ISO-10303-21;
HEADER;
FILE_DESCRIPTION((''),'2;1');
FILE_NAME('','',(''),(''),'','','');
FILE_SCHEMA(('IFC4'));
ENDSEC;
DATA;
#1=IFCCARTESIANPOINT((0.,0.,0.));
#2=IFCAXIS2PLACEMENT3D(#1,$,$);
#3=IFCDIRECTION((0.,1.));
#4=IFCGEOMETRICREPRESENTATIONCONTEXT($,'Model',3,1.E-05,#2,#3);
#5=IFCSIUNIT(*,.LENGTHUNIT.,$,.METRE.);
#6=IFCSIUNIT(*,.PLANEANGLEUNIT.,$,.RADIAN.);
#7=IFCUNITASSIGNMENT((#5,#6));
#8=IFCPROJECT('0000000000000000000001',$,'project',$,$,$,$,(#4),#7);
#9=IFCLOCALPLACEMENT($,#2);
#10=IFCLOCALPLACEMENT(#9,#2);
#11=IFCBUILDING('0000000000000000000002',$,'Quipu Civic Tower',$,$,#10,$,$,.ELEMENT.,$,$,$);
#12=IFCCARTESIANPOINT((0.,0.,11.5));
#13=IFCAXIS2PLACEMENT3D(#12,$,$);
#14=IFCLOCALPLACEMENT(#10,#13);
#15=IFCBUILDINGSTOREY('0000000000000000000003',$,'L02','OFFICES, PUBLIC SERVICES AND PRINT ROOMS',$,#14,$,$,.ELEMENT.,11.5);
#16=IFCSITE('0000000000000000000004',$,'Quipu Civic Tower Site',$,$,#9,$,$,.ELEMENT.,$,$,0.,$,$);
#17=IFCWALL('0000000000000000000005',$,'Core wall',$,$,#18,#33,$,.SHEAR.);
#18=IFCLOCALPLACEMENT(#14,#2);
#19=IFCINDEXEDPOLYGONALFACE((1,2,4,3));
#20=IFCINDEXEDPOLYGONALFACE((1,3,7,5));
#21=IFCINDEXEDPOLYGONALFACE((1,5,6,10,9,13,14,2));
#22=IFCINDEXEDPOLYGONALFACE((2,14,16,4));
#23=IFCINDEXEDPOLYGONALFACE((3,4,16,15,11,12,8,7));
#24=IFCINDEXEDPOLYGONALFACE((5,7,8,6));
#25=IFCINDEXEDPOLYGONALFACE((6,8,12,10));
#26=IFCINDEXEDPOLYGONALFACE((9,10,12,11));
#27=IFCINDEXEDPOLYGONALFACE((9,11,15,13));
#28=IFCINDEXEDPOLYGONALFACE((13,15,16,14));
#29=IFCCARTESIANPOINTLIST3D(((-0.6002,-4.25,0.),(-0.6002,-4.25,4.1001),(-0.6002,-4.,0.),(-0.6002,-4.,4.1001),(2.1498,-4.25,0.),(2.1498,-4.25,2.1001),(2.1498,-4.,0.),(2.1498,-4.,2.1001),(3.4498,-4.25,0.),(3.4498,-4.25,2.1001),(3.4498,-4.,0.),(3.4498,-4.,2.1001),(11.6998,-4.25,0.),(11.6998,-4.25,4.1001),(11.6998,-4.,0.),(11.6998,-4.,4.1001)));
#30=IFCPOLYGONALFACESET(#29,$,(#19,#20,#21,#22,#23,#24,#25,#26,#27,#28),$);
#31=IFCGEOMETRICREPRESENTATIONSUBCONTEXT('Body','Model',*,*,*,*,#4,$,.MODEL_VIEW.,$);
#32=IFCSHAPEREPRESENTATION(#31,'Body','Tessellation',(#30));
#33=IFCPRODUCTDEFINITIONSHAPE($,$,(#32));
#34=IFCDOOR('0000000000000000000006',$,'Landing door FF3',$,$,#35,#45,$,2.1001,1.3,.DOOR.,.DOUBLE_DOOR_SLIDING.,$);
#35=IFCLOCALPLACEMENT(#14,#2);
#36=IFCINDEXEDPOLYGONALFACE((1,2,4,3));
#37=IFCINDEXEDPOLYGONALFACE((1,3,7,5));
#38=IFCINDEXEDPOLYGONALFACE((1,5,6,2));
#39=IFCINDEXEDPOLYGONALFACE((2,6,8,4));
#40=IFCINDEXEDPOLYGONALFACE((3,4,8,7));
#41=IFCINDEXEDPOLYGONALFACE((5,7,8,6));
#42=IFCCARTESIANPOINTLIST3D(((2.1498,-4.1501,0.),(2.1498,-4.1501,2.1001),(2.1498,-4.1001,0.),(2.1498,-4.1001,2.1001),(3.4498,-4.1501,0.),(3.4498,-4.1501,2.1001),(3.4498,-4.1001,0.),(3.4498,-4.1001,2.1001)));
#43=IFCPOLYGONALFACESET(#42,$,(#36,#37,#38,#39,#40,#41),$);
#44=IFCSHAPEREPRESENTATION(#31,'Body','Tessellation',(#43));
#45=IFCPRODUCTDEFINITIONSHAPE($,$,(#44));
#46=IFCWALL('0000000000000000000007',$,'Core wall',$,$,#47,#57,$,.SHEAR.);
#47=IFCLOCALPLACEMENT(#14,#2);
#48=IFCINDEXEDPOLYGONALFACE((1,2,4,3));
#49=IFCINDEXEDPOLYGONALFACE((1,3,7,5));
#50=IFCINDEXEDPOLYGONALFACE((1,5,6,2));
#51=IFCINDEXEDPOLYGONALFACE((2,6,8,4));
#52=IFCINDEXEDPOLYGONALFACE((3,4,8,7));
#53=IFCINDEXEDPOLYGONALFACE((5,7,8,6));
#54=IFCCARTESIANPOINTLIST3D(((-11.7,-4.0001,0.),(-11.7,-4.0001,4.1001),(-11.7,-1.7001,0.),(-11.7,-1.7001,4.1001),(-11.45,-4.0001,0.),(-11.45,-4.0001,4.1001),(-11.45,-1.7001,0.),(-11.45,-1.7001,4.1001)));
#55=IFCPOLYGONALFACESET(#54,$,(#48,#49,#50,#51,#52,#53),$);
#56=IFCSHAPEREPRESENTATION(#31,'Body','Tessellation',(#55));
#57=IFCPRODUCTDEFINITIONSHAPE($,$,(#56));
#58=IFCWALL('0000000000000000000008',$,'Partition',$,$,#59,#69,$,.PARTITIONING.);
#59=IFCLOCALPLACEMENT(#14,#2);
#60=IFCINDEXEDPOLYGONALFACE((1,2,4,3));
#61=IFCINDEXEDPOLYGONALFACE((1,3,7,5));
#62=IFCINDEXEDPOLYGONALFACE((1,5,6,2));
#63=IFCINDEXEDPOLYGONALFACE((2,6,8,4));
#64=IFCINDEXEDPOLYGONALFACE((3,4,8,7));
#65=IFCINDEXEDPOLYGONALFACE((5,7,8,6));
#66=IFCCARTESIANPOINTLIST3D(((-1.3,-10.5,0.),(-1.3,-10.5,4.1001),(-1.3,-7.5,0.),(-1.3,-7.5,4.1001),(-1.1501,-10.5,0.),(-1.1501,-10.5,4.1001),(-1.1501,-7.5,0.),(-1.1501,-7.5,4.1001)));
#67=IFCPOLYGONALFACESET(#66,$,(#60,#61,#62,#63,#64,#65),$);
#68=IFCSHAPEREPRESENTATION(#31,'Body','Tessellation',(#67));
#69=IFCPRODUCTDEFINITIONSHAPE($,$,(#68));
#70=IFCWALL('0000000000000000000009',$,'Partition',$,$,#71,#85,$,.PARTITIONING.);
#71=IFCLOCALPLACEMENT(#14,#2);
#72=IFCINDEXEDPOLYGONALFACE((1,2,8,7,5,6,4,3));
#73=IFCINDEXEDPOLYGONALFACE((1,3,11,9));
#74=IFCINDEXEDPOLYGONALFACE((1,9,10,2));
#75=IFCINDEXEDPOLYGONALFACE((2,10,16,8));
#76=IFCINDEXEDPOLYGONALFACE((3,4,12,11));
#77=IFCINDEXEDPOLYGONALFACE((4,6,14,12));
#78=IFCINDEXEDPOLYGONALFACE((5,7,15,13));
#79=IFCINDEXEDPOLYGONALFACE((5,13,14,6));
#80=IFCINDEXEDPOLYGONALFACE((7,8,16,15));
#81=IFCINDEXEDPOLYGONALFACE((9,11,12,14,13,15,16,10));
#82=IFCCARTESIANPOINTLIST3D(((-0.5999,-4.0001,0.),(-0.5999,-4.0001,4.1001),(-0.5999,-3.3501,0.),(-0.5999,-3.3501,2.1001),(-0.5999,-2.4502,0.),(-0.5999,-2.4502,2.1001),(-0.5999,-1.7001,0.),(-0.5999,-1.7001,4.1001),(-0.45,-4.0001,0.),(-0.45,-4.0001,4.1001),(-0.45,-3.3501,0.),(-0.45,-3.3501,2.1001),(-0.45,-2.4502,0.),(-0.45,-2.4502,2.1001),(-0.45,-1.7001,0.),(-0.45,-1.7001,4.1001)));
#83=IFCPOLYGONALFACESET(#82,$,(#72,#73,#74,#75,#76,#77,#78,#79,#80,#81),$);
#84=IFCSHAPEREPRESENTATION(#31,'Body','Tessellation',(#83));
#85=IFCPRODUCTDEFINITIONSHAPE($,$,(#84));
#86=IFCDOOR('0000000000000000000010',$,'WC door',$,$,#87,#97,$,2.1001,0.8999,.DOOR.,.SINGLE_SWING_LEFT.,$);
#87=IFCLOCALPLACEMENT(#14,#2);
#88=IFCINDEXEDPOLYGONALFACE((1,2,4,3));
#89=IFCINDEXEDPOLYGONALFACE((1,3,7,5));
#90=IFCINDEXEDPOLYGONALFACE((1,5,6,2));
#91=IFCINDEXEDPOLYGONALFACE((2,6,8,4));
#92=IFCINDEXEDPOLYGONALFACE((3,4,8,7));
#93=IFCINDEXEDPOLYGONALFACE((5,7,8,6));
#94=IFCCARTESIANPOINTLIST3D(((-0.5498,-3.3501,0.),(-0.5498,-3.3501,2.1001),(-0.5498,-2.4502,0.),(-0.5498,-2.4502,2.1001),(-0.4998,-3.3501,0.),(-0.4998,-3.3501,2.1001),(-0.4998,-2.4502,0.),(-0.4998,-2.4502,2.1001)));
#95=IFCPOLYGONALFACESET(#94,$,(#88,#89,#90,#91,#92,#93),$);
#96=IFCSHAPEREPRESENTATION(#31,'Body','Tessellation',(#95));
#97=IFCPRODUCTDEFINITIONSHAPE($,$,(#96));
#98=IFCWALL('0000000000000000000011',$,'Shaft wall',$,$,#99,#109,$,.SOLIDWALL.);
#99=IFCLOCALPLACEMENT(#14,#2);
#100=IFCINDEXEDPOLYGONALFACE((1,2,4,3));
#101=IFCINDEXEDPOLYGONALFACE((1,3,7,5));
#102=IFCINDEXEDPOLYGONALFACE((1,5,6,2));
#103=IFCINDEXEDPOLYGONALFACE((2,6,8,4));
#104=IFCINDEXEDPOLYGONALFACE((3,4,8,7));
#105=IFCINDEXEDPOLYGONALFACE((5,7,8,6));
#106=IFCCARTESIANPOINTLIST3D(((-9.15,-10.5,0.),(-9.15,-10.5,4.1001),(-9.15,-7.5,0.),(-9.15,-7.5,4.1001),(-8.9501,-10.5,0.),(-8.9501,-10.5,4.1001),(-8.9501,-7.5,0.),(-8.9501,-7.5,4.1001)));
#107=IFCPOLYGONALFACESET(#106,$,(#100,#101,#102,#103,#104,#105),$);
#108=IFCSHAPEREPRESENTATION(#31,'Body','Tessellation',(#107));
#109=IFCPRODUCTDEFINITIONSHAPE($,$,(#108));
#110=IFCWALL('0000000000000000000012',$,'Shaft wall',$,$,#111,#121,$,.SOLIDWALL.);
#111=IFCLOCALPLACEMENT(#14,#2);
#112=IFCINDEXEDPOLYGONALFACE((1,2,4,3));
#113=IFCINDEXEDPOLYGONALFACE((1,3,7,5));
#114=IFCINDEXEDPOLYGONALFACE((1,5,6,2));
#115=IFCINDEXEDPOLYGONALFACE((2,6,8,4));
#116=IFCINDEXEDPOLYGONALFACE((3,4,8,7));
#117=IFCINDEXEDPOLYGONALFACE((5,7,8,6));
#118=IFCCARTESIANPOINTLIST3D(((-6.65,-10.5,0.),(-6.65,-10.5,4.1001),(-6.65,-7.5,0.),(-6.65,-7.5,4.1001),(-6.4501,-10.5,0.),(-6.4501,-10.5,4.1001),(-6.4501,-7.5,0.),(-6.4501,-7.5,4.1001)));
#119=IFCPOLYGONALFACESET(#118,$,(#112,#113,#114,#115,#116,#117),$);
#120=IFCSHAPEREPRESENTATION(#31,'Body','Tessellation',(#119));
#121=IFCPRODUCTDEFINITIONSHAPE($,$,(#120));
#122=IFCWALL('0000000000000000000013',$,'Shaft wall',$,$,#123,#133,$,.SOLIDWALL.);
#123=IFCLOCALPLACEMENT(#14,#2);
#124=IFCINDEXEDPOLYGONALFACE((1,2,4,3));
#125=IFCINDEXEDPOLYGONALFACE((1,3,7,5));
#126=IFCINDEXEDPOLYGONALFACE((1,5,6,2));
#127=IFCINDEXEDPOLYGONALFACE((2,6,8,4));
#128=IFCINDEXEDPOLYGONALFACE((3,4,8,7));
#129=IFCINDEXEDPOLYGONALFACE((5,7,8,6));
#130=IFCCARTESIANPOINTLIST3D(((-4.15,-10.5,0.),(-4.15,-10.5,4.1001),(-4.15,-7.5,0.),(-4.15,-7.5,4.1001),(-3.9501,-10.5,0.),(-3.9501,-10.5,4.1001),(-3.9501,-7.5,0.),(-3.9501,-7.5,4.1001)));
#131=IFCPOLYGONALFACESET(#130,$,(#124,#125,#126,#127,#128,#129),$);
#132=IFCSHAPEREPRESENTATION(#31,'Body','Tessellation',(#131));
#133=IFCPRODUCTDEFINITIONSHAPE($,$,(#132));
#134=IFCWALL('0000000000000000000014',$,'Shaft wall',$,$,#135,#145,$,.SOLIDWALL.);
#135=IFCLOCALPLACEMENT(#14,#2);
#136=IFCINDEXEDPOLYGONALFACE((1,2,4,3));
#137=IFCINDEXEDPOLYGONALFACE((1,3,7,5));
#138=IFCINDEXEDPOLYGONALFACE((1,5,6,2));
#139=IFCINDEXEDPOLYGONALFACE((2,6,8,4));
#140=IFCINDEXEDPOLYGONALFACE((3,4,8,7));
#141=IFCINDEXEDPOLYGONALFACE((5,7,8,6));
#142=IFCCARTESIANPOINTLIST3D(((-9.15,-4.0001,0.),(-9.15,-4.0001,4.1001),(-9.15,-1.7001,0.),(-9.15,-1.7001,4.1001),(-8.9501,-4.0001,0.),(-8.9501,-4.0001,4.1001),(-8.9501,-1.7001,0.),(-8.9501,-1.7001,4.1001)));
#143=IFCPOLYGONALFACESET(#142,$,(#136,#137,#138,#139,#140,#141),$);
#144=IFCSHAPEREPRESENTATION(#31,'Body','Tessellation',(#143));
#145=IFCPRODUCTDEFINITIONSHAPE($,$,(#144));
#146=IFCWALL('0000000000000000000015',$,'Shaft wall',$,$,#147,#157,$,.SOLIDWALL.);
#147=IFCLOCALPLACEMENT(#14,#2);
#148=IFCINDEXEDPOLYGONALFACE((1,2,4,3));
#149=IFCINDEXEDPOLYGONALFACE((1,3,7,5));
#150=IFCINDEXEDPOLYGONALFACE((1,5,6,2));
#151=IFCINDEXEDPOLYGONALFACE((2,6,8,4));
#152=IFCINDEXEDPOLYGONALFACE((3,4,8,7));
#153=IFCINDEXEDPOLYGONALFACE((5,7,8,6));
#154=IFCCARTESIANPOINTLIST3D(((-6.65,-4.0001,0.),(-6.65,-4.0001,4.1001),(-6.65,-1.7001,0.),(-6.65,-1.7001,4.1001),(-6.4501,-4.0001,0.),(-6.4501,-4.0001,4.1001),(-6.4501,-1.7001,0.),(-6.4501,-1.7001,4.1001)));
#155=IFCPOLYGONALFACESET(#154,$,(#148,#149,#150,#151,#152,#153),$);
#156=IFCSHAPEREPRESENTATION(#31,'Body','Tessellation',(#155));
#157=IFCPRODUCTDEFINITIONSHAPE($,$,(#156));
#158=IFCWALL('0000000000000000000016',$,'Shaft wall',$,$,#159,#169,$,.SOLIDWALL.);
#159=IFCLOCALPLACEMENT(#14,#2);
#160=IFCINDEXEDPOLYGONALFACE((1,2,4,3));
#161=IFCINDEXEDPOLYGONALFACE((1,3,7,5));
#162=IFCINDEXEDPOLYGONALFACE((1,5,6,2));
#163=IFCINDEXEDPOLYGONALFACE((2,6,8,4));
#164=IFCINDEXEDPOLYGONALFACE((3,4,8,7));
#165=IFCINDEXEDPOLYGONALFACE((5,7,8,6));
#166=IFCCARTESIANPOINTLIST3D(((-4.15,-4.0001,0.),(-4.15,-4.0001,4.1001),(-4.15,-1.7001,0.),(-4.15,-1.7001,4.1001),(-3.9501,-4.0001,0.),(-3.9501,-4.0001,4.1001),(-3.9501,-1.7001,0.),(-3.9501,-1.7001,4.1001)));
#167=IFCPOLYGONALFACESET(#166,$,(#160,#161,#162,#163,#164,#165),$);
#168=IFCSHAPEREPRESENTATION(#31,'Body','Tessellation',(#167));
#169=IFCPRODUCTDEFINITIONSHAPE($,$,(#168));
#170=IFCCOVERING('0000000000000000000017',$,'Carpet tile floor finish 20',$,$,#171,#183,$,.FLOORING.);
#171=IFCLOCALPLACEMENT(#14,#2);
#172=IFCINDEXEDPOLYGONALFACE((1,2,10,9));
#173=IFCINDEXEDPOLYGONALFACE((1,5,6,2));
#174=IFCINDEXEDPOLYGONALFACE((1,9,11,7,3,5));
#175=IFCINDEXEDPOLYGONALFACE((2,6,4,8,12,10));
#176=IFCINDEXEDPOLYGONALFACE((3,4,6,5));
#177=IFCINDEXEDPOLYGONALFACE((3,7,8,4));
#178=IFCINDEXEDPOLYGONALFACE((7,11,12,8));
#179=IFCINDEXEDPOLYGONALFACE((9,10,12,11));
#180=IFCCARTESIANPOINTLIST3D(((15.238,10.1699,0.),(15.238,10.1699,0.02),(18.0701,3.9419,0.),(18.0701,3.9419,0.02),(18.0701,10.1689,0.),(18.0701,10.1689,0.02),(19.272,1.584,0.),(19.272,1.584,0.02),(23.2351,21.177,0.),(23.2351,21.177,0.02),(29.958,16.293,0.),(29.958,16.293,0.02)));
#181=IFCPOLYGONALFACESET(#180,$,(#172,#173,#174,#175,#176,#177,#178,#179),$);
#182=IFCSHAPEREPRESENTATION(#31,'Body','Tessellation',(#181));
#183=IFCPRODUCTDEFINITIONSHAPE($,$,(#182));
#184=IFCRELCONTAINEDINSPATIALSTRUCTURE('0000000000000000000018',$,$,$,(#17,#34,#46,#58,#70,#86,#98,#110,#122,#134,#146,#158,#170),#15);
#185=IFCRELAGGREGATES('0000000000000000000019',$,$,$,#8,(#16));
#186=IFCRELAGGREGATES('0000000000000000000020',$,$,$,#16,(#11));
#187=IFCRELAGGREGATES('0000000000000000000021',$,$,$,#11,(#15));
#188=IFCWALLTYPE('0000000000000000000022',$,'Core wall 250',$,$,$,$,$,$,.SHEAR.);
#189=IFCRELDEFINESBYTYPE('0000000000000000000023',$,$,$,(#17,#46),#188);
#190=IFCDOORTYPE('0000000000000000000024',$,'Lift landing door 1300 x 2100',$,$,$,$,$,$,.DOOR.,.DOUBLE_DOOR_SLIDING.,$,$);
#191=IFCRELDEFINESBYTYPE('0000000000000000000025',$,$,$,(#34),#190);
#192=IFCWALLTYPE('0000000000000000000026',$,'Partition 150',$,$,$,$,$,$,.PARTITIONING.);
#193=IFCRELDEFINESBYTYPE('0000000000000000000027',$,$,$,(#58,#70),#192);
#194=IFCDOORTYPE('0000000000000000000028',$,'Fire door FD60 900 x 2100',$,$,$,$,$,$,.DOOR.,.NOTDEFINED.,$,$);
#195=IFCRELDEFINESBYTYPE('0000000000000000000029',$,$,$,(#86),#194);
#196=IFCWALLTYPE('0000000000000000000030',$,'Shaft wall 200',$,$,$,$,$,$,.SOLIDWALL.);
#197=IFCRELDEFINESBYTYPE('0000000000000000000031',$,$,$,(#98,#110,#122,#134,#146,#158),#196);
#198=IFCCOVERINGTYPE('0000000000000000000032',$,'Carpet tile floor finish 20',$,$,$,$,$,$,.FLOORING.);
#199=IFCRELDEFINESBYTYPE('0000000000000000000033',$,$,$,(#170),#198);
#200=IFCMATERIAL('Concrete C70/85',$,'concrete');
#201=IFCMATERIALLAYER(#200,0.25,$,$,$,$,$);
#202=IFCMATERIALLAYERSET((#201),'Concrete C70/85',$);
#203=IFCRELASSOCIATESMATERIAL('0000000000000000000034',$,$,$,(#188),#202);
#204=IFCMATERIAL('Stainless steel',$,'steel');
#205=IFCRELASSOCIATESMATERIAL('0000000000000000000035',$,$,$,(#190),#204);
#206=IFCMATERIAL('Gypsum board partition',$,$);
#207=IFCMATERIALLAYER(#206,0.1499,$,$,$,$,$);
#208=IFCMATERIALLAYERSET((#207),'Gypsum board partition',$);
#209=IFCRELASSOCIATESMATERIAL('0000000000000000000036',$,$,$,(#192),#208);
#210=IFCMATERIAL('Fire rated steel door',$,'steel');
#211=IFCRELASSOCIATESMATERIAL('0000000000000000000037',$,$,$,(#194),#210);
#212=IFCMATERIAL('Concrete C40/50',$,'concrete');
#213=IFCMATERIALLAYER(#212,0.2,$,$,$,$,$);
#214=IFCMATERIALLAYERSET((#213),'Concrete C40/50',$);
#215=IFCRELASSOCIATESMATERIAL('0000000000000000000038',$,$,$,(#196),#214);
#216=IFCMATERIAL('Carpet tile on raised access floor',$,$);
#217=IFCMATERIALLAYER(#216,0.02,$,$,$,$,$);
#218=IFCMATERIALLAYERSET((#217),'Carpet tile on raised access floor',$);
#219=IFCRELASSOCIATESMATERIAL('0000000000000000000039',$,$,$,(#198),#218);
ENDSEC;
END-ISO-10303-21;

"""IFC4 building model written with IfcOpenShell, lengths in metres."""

from ifc_helpers import new_model, si_unit, direction, frame, frame_2d, origin, place, context, subcontext, project, spatial, polyline, rectangle, outline, extrude, material, layer, layer_set, type_object, element, fill, save


model = new_model("IFC4")

# Units and contexts
model_context = context("Model", 3, precision=1e-05, world=origin(), true_north=direction((0.0, 1.0)))
body_context = subcontext(model_context, "Body", "Model", "MODEL_VIEW")
ifc_project = project(units=[si_unit("LENGTHUNIT", "METRE"), si_unit("PLANEANGLEUNIT", "RADIAN")], contexts=[model_context])

# Site, building, storey
site_placement = place(None, origin())
site = spatial("IfcSite", under=ifc_project, at=site_placement, Name="Quipu Civic Tower Site", CompositionType="ELEMENT", RefElevation=0.0)
building_placement = place(site_placement, origin())
building = spatial("IfcBuilding", under=site, at=building_placement, Name="Quipu Civic Tower", CompositionType="ELEMENT")
storey_placement = place(building_placement, frame((0.0, 0.0, 11.5)))
storey = spatial("IfcBuildingStorey", under=building, at=storey_placement, Name="L02", Description="OFFICES, PUBLIC SERVICES AND PRINT ROOMS", CompositionType="ELEMENT", Elevation=11.5)

# Shared definitions
ifc_material_1 = material(Name="Concrete C70/85", Category="concrete")
ifc_layer_1 = layer(ifc_material_1, 0.25)
ifc_layer_set_1 = layer_set([ifc_layer_1], Name="Concrete C70/85")
wall_type_1 = type_object("IfcWallType", Name="Core wall 250", PredefinedType="SHEAR", material=ifc_layer_set_1)

# Wall, opening, door
wall_1_placement = place(storey_placement, frame((-0.6001, -4.125, 0.0), z_axis=(0.0, 0.0, 1.0), x_axis=(1.0, 0.0, 0.0)))
wall_1 = element("IfcWall", 1, at=wall_1_placement, inside=storey, type_object=wall_type_1, Name="Core wall", PredefinedType="SHEAR", context=body_context, shape_type="SweptSolid", body=[
    extrude(rectangle(XDim=12.3, YDim=0.25, at=frame_2d((6.1499, 0.0))), origin(), (0.0, 0.0, 1.0), 4.1001),
])
opening_1_placement = place(wall_1_placement, frame((2.75, 0.0, 0.0)))
opening_1 = element("IfcOpeningElement", 2, at=opening_1_placement, cuts=wall_1, PredefinedType="OPENING", context=body_context, shape_type="SweptSolid", body=[
    extrude(rectangle(XDim=1.3, YDim=2.1001, at=frame_2d((0.6499, 1.05))), frame((0.0, 0.135, 0.0), z_axis=(0.0, -1.0, 0.0), x_axis=(1.0, 0.0, 0.0)), (0.0, 0.0, 1.0), 0.27),
])
ifc_material_2 = material(Name="Stainless steel", Category="steel")
door_type_1 = type_object("IfcDoorType", Name="Lift landing door 1300 x 2100", OperationType="DOUBLE_DOOR_SLIDING", PredefinedType="DOOR", material=ifc_material_2)
door_1_placement = place(opening_1_placement, origin())
door_1 = element("IfcDoor", 3, at=door_1_placement, inside=storey, type_object=door_type_1, Name="Landing door FF3", OperationType="DOUBLE_DOOR_SLIDING", OverallHeight=2.1001, OverallWidth=1.3, PredefinedType="DOOR", context=body_context, shape_type="SweptSolid", body=[
    extrude(rectangle(XDim=1.3, YDim=2.1001, at=frame_2d((0.6499, 1.05))), frame((0.0, 0.0249, 0.0), z_axis=(0.0, -1.0, 0.0), x_axis=(1.0, 0.0, 0.0)), (0.0, 0.0, 1.0), 0.05),
])
fill(opening_1, door_1)

# Walls
wall_2_placement = place(storey_placement, frame((-11.575, -4.0, 0.0), z_axis=(0.0, 0.0, 1.0), x_axis=(0.0, 1.0, 0.0)))
element("IfcWall", 4, at=wall_2_placement, inside=storey, type_object=wall_type_1, Name="Core wall", PredefinedType="SHEAR", context=body_context, shape_type="SweptSolid", body=[
    extrude(rectangle(XDim=2.3, YDim=0.25, at=frame_2d((1.1499, 0.0))), origin(), (0.0, 0.0, 1.0), 4.1001),
])
ifc_material_3 = material(Name="Gypsum board partition")
ifc_layer_2 = layer(ifc_material_3, 0.1499)
ifc_layer_set_2 = layer_set([ifc_layer_2], Name="Gypsum board partition")
wall_type_2 = type_object("IfcWallType", Name="Partition 150", PredefinedType="PARTITIONING", material=ifc_layer_set_2)
wall_3_placement = place(storey_placement, frame((-1.2251, -10.5, 0.0), z_axis=(0.0, 0.0, 1.0), x_axis=(0.0, 1.0, 0.0)))
element("IfcWall", 5, at=wall_3_placement, inside=storey, type_object=wall_type_2, Name="Partition", PredefinedType="PARTITIONING", context=body_context, shape_type="SweptSolid", body=[
    extrude(rectangle(XDim=3.0, YDim=0.1499, at=frame_2d((1.5, 0.0))), origin(), (0.0, 0.0, 1.0), 4.1001),
])

# Wall, opening, door
wall_4_placement = place(storey_placement, frame((-0.5249, -4.0, 0.0), z_axis=(0.0, 0.0, 1.0), x_axis=(0.0, 1.0, 0.0)))
wall_4 = element("IfcWall", 6, at=wall_4_placement, inside=storey, type_object=wall_type_2, Name="Partition", PredefinedType="PARTITIONING", context=body_context, shape_type="SweptSolid", body=[
    extrude(rectangle(XDim=2.3, YDim=0.1499, at=frame_2d((1.1499, 0.0))), origin(), (0.0, 0.0, 1.0), 4.1001),
])
opening_2_placement = place(wall_4_placement, frame((0.6499, 0.0, 0.0)))
opening_2 = element("IfcOpeningElement", 7, at=opening_2_placement, cuts=wall_4, PredefinedType="OPENING", context=body_context, shape_type="SweptSolid", body=[
    extrude(rectangle(XDim=0.8999, YDim=2.1001, at=frame_2d((0.45, 1.05))), frame((0.0, 0.085, 0.0), z_axis=(0.0, -1.0, 0.0), x_axis=(1.0, 0.0, 0.0)), (0.0, 0.0, 1.0), 0.1699),
])
ifc_material_4 = material(Name="Fire rated steel door", Category="steel")
door_type_2 = type_object("IfcDoorType", Name="Fire door FD60 900 x 2100", OperationType="NOTDEFINED", PredefinedType="DOOR", material=ifc_material_4)
door_2_placement = place(opening_2_placement, origin())
door_2 = element("IfcDoor", 8, at=door_2_placement, inside=storey, type_object=door_type_2, Name="WC door", OperationType="SINGLE_SWING_LEFT", OverallHeight=2.1001, OverallWidth=0.8999, PredefinedType="DOOR", context=body_context, shape_type="SweptSolid", body=[
    extrude(rectangle(XDim=0.8999, YDim=2.1001, at=frame_2d((0.45, 1.05))), frame((0.0, 0.0249, 0.0), z_axis=(0.0, -1.0, 0.0), x_axis=(1.0, 0.0, 0.0)), (0.0, 0.0, 1.0), 0.05),
])
fill(opening_2, door_2)

# Walls
ifc_material_5 = material(Name="Concrete C40/50", Category="concrete")
ifc_layer_3 = layer(ifc_material_5, 0.2)
ifc_layer_set_3 = layer_set([ifc_layer_3], Name="Concrete C40/50")
wall_type_3 = type_object("IfcWallType", Name="Shaft wall 200", PredefinedType="SOLIDWALL", material=ifc_layer_set_3)
for number, where, z_axis, x_axis, name in (
    (9, (-9.05, -10.5, 0.0), (0.0, 0.0, 1.0), (0.0, 1.0, 0.0), "Shaft wall"),
    (10, (-6.55, -10.5, 0.0), (0.0, 0.0, 1.0), (0.0, 1.0, 0.0), "Shaft wall"),
    (11, (-4.05, -10.5, 0.0), (0.0, 0.0, 1.0), (0.0, 1.0, 0.0), "Shaft wall"),
):
    element("IfcWall", number, at=place(storey_placement, frame(where, z_axis=z_axis, x_axis=x_axis)), inside=storey, type_object=wall_type_3, Name=name, PredefinedType="SOLIDWALL", context=body_context, shape_type="SweptSolid", body=[
        extrude(rectangle(XDim=3.0, YDim=0.2, at=frame_2d((1.5, 0.0))), origin(), (0.0, 0.0, 1.0), 4.1001),
    ])
for number, where, z_axis, x_axis, name in (
    (12, (-9.05, -4.0, 0.0), (0.0, 0.0, 1.0), (0.0, 1.0, 0.0), "Shaft wall"),
    (13, (-6.55, -4.0, 0.0), (0.0, 0.0, 1.0), (0.0, 1.0, 0.0), "Shaft wall"),
    (14, (-4.05, -4.0, 0.0), (0.0, 0.0, 1.0), (0.0, 1.0, 0.0), "Shaft wall"),
):
    element("IfcWall", number, at=place(storey_placement, frame(where, z_axis=z_axis, x_axis=x_axis)), inside=storey, type_object=wall_type_3, Name=name, PredefinedType="SOLIDWALL", context=body_context, shape_type="SweptSolid", body=[
        extrude(rectangle(XDim=2.3, YDim=0.2, at=frame_2d((1.1499, 0.0))), origin(), (0.0, 0.0, 1.0), 4.1001),
    ])

# Covering
ifc_material_6 = material(Name="Carpet tile on raised access floor")
ifc_layer_4 = layer(ifc_material_6, 0.02)
ifc_layer_set_4 = layer_set([ifc_layer_4], Name="Carpet tile on raised access floor")
covering_type_1 = type_object("IfcCoveringType", Name="Carpet tile floor finish 20", PredefinedType="FLOORING", material=ifc_layer_set_4)
covering_1_placement = place(storey_placement, origin())
element("IfcCovering", 15, at=covering_1_placement, inside=storey, type_object=covering_type_1, Name="Carpet tile floor finish 20", PredefinedType="FLOORING", context=body_context, shape_type="SweptSolid", body=[
    extrude(outline(polyline([(15.238, 10.1699), (23.2351, 21.177), (29.958, 16.293), (19.272, 1.584), (18.0701, 3.9419), (18.0701, 10.1689), (15.238, 10.1699)])), origin(), (0.0, 0.0, 1.0), 0.02),
])

save(model, "model.ifc")
